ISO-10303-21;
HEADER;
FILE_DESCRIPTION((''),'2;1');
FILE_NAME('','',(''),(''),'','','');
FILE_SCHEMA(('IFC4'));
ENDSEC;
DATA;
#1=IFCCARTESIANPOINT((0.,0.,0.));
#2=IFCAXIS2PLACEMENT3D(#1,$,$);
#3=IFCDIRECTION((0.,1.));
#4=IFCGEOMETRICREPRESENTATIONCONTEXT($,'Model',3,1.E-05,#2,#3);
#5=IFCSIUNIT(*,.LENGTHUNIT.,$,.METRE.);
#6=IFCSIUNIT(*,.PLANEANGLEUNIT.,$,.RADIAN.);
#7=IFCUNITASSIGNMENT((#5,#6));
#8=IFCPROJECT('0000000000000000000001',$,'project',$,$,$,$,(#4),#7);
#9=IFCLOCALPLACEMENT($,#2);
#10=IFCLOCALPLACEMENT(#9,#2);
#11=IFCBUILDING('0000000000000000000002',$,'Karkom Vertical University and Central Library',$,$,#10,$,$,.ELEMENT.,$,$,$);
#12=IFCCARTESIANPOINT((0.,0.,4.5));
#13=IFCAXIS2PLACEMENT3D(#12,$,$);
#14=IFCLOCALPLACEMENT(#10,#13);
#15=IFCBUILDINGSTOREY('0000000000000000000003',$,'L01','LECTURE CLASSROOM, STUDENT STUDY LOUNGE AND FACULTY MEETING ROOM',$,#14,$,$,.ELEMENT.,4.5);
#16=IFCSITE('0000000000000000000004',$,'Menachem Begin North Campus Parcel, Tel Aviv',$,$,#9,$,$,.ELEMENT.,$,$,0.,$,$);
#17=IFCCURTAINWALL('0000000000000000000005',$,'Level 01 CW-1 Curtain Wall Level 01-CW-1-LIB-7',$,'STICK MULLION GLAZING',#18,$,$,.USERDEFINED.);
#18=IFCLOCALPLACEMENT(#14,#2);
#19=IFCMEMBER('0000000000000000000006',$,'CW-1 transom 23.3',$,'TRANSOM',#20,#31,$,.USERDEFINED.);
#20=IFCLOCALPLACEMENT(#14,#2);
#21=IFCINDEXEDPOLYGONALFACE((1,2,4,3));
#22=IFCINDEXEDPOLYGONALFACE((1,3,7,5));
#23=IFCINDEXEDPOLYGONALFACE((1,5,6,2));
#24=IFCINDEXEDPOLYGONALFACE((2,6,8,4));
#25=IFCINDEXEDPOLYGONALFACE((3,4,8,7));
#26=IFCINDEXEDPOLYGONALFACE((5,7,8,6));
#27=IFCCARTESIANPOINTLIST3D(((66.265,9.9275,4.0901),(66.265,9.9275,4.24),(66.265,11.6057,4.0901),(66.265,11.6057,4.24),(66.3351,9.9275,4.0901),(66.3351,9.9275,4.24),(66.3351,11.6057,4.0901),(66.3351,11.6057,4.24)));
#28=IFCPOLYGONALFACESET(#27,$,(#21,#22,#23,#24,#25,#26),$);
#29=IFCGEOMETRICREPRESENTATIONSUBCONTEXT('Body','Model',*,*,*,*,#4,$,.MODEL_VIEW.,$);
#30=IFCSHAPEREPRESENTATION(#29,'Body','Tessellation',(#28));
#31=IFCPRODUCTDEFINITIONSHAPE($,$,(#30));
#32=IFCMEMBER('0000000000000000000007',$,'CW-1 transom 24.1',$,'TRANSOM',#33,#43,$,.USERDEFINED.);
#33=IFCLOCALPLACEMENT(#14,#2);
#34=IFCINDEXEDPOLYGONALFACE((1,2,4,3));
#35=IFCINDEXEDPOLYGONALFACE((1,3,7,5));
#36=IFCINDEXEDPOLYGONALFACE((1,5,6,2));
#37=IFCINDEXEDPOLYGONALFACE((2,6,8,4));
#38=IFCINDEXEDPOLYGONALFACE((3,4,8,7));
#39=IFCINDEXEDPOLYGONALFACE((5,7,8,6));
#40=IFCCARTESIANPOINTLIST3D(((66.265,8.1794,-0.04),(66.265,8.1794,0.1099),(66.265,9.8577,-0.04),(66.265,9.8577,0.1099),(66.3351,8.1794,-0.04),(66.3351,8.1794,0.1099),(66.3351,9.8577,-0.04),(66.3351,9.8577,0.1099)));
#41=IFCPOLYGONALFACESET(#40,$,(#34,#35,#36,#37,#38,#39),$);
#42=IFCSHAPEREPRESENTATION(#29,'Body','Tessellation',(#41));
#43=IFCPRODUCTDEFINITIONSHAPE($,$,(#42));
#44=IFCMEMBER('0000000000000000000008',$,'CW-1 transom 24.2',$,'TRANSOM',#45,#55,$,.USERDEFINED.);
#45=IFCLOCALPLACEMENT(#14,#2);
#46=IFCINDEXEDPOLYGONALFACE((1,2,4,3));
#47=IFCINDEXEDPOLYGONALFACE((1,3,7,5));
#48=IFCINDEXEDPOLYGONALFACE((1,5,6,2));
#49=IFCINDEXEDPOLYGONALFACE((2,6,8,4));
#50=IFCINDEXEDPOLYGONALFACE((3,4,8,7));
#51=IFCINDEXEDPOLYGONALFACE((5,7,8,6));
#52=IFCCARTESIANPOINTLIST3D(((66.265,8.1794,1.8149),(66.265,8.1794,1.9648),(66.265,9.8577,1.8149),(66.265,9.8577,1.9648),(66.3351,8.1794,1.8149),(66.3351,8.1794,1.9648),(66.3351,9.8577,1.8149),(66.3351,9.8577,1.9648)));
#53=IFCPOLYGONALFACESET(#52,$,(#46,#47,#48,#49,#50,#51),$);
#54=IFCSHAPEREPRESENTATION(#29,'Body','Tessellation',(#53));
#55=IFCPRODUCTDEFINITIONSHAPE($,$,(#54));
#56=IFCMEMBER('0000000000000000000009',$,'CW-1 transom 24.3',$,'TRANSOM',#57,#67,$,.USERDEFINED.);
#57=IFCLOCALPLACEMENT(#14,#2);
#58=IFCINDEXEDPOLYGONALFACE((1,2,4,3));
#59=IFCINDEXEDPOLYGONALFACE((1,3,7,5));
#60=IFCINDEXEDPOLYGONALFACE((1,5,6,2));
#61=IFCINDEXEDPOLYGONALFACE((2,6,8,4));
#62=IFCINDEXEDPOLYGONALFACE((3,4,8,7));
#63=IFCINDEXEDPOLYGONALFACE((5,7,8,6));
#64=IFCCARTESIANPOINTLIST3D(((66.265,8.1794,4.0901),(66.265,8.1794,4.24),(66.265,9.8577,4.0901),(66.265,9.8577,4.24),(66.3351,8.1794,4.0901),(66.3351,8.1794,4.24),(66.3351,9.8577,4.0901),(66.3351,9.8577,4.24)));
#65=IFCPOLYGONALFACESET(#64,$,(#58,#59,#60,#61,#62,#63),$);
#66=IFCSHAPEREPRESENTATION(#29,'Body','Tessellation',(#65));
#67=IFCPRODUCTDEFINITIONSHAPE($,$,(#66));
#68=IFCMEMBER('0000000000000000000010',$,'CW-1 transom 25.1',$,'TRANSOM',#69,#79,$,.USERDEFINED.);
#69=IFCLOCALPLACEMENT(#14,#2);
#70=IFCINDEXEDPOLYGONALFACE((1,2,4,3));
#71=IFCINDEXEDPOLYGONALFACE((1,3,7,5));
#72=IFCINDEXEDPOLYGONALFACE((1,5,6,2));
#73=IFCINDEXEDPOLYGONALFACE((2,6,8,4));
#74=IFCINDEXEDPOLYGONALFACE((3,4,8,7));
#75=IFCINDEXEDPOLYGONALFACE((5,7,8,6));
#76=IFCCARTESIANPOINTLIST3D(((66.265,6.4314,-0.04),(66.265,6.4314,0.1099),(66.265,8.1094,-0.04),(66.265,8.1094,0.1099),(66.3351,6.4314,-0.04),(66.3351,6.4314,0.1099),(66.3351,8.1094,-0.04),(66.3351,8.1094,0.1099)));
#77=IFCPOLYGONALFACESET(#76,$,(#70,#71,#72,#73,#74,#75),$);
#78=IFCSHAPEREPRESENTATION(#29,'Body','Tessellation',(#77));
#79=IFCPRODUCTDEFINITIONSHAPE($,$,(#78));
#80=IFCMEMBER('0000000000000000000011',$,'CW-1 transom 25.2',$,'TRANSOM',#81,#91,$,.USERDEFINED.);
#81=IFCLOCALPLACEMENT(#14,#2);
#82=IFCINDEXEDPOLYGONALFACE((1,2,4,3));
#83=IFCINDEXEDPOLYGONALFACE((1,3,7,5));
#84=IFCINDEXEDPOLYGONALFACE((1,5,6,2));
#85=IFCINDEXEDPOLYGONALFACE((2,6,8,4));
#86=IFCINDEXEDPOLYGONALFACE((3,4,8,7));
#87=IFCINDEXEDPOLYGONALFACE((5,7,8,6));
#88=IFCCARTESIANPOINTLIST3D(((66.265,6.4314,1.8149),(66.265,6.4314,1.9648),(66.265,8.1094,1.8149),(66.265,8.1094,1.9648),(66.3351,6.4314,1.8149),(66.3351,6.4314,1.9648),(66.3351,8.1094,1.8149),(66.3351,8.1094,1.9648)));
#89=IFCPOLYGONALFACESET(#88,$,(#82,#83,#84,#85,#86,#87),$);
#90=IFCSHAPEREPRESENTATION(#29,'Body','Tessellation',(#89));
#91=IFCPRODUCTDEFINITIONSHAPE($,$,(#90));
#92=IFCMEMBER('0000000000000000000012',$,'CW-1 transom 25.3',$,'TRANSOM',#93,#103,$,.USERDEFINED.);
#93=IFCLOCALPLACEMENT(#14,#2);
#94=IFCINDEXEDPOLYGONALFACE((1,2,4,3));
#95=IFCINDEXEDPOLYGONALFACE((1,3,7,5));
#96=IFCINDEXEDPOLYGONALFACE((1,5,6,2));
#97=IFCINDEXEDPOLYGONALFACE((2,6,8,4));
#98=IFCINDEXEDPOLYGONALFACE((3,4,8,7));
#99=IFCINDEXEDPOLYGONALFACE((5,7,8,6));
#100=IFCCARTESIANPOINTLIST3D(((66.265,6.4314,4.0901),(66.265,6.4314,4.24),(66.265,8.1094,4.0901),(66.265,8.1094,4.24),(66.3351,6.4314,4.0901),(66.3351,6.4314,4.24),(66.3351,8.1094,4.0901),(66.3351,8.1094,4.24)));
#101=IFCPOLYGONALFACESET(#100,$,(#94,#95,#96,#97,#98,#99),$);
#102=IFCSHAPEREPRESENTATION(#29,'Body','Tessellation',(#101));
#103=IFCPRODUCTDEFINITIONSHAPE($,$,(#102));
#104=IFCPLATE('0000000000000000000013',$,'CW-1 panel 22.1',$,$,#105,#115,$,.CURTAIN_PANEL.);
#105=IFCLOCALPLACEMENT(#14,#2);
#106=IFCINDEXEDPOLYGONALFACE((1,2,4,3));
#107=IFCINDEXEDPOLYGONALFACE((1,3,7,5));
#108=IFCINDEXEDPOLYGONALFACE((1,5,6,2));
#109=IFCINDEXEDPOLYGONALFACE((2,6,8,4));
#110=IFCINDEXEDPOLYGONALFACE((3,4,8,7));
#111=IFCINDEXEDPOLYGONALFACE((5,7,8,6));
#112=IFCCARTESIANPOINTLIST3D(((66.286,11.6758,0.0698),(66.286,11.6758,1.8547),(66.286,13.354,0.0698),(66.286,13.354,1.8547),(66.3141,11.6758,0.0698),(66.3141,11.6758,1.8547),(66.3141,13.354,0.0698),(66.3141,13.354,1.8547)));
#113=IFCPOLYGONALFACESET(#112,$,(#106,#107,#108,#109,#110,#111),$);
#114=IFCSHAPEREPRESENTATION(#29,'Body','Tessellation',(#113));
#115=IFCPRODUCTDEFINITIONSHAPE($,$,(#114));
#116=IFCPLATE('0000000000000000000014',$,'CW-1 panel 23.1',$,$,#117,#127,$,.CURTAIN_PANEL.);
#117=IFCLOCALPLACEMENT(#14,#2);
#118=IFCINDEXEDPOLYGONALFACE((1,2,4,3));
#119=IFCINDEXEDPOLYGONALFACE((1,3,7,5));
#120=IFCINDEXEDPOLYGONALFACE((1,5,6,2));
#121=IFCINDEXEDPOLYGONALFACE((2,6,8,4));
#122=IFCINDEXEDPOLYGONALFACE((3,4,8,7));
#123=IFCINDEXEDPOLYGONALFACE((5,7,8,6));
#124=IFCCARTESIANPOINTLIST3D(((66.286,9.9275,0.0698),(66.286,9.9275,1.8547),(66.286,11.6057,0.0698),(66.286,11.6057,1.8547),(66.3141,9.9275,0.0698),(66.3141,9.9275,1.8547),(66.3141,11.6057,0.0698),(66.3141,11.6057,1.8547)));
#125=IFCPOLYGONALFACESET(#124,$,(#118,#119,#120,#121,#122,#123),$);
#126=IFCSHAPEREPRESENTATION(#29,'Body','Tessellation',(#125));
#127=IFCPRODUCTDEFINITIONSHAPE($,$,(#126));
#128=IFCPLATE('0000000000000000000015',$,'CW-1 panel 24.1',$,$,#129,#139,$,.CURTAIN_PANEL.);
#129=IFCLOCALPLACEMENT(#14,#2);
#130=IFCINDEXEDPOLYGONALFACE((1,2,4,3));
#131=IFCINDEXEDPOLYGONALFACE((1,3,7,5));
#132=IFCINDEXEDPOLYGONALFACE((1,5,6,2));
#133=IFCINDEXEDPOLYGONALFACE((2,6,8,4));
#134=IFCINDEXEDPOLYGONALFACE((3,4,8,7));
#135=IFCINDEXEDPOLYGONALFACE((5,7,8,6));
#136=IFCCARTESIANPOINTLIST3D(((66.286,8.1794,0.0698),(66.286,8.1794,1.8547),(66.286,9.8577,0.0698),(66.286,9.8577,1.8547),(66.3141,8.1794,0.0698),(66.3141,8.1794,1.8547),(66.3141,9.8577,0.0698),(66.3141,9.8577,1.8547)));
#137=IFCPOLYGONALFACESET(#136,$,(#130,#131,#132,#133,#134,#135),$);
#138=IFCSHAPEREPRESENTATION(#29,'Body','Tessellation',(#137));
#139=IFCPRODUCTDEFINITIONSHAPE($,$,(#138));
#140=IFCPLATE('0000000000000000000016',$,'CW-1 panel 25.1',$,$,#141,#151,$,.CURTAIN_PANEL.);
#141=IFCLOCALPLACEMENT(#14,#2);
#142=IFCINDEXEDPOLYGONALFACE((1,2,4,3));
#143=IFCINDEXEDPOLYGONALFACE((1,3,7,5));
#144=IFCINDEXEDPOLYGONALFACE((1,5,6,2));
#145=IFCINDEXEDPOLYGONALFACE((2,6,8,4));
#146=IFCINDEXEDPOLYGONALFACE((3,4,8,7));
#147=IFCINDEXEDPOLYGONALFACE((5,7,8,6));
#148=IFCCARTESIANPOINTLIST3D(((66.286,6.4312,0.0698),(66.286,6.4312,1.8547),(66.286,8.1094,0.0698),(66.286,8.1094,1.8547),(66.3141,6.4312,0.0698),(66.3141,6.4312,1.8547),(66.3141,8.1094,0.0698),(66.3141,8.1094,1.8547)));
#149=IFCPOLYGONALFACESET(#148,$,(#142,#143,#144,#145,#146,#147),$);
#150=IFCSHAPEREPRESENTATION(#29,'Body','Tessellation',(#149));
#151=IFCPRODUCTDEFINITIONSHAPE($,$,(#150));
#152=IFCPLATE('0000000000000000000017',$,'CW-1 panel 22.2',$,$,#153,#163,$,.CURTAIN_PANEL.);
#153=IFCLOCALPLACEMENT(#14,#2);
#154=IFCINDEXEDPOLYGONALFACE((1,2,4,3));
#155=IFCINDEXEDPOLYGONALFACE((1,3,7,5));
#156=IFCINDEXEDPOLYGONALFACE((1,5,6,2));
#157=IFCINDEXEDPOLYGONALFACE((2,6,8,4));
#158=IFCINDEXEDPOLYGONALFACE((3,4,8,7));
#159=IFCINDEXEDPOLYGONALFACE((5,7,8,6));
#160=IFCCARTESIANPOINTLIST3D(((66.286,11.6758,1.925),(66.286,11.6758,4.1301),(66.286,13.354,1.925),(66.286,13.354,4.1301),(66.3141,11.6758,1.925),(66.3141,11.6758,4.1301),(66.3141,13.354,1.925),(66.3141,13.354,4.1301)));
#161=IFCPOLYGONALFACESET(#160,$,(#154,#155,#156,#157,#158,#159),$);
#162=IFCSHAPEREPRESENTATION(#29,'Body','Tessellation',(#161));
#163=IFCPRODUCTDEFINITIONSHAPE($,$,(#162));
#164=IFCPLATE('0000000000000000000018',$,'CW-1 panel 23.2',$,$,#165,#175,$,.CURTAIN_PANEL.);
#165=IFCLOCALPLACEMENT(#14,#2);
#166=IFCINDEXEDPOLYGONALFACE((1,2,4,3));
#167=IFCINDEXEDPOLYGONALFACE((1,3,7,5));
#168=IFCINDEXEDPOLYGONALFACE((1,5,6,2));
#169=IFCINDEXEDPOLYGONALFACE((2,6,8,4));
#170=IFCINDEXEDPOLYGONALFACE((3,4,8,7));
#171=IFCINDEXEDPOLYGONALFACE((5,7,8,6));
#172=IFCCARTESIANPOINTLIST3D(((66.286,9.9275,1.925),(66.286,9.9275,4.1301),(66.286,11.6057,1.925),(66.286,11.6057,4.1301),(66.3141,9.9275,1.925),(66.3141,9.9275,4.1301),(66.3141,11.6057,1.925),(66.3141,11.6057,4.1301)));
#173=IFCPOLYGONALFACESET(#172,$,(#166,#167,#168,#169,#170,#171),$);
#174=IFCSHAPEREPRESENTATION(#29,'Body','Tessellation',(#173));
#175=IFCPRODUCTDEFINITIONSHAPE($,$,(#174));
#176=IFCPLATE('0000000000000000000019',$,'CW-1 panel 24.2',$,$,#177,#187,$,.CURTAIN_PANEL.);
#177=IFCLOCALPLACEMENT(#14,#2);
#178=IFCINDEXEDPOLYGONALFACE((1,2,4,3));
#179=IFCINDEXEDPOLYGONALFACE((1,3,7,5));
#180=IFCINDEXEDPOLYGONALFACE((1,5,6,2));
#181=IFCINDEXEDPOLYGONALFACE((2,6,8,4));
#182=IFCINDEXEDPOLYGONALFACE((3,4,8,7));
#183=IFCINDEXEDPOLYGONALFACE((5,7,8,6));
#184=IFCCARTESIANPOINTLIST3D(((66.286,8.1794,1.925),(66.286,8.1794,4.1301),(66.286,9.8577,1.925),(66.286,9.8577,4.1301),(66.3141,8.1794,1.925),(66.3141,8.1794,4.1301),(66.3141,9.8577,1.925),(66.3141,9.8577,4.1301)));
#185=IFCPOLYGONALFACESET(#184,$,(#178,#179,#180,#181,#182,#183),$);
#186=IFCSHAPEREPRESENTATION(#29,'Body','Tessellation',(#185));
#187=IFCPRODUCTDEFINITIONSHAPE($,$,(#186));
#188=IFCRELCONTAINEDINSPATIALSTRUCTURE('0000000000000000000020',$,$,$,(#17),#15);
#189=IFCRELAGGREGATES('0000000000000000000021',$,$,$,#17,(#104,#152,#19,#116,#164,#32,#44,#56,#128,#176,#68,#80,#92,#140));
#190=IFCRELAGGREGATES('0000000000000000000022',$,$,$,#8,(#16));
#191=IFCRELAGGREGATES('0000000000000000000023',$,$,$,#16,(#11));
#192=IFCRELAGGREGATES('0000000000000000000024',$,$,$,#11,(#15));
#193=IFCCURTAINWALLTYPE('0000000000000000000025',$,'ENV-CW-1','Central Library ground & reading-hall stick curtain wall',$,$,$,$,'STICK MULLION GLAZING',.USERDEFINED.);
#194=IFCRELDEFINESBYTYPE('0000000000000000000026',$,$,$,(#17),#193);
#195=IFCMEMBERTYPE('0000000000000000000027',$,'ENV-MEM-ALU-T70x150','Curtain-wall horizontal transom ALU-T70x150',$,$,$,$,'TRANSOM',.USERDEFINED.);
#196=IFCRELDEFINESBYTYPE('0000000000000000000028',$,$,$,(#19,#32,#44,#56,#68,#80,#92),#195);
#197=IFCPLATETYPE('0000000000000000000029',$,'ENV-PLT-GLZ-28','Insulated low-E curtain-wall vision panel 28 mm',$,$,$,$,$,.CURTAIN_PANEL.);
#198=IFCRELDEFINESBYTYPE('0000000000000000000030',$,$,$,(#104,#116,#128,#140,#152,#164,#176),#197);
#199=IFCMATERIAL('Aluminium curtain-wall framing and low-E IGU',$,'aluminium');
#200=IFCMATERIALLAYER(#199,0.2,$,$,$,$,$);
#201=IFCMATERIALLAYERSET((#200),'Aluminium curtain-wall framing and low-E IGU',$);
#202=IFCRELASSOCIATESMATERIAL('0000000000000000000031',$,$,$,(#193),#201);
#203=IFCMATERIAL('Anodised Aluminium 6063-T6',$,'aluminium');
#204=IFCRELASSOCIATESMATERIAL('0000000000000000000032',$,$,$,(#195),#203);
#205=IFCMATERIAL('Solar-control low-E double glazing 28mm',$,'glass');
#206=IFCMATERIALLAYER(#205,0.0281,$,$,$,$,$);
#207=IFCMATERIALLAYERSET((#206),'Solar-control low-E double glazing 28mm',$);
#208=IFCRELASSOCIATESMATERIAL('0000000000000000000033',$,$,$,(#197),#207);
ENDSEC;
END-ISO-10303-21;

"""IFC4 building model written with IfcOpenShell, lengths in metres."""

from ifc_helpers import new_model, si_unit, direction, frame, origin, origin_with_axes, origin_2d, place, context, subcontext, project, spatial, rectangle, extrude, source, transform, mapped, material, layer, layer_set, material_profile, profile_set, type_object, element, aggregate, save


model = new_model("IFC4")

# Units and contexts
model_context = context("Model", 3, precision=1e-05, world=origin(), true_north=direction((0.0, 1.0)))
body_context = subcontext(model_context, "Body", "Model", "MODEL_VIEW")
ifc_project = project(units=[si_unit("LENGTHUNIT", "METRE"), si_unit("PLANEANGLEUNIT", "RADIAN")], contexts=[model_context])

# Site, building, storey
site_placement = place(None, origin())
site = spatial("IfcSite", under=ifc_project, at=site_placement, Name="Menachem Begin North Campus Parcel, Tel Aviv", CompositionType="ELEMENT", RefElevation=0.0)
building_placement = place(site_placement, origin())
building = spatial("IfcBuilding", under=site, at=building_placement, Name="Karkom Vertical University and Central Library", CompositionType="ELEMENT")
storey_placement = place(building_placement, frame((0.0, 0.0, 4.5)))
storey = spatial("IfcBuildingStorey", under=building, at=storey_placement, Name="L01", Description="LECTURE CLASSROOM, STUDENT STUDY LOUNGE AND FACULTY MEETING ROOM", CompositionType="ELEMENT", Elevation=4.5)

# Curtain wall, members, plates
ifc_material_1 = material(Name="Aluminium curtain-wall framing and low-E IGU", Category="aluminium")
ifc_layer_1 = layer(ifc_material_1, 0.2)
ifc_layer_set_1 = layer_set([ifc_layer_1], Name="Aluminium curtain-wall framing and low-E IGU")
curtain_wall_type = type_object("IfcCurtainWallType", Name="ENV-CW-1", Description="Central Library ground & reading-hall stick curtain wall", ElementType="STICK MULLION GLAZING", PredefinedType="USERDEFINED", material=ifc_layer_set_1)
curtain_wall_placement = place(storey_placement, origin())
curtain_wall = element("IfcCurtainWall", 1, at=curtain_wall_placement, inside=storey, type_object=curtain_wall_type, Name="Level 01 CW-1 Curtain Wall Level 01-CW-1-LIB-7", ObjectType="STICK MULLION GLAZING", PredefinedType="USERDEFINED")
ifc_material_2 = material(Name="Anodised Aluminium 6063-T6", Category="aluminium")
ifc_material_profile_1 = material_profile(ifc_material_2, rectangle(XDim=0.0701, YDim=0.1499, at=origin_2d()), Name="ALU-T70x150")
ifc_profile_set_1 = profile_set([ifc_material_profile_1], Name="Anodised Aluminium 6063-T6")
member_type = type_object("IfcMemberType", Name="ENV-MEM-ALU-T70x150", Description="Curtain-wall horizontal transom ALU-T70x150", ElementType="TRANSOM", PredefinedType="USERDEFINED", material=ifc_profile_set_1)
shared_shape_1 = source(origin_with_axes(), body_context, "Body", "SweptSolid", [
    extrude(rectangle(XDim=0.0701, YDim=0.1499, at=origin_2d()), origin(), (0.0, 0.0, 1.0), 1.6782),
])
member_1_placement = place(storey_placement, frame((66.3, 11.6057, 4.165), z_axis=(0.0, -1.0, 0.0), x_axis=(1.0, 0.0, 0.0)))
member_1 = element("IfcMember", 2, at=member_1_placement, type_object=member_type, Name="CW-1 transom 23.3", ObjectType="TRANSOM", PredefinedType="USERDEFINED", context=body_context, shape_type="MappedRepresentation", body=[
    mapped(shared_shape_1, transform((0.0, 0.0, 0.0), scale=1.0)),
])
member_2_placement = place(storey_placement, frame((66.3, 9.8577, 0.0349), z_axis=(0.0, -1.0, 0.0), x_axis=(1.0, 0.0, 0.0)))
member_2 = element("IfcMember", 3, at=member_2_placement, type_object=member_type, Name="CW-1 transom 24.1", ObjectType="TRANSOM", PredefinedType="USERDEFINED", context=body_context, shape_type="MappedRepresentation", body=[
    mapped(shared_shape_1, transform((0.0, 0.0, 0.0), scale=1.0)),
])
member_3_placement = place(storey_placement, frame((66.3, 9.8577, 1.8899), z_axis=(0.0, -1.0, 0.0), x_axis=(1.0, 0.0, 0.0)))
member_3 = element("IfcMember", 4, at=member_3_placement, type_object=member_type, Name="CW-1 transom 24.2", ObjectType="TRANSOM", PredefinedType="USERDEFINED", context=body_context, shape_type="MappedRepresentation", body=[
    mapped(shared_shape_1, transform((0.0, 0.0, 0.0), scale=1.0)),
])
member_4_placement = place(storey_placement, frame((66.3, 9.8577, 4.165), z_axis=(0.0, -1.0, 0.0), x_axis=(1.0, 0.0, 0.0)))
member_4 = element("IfcMember", 5, at=member_4_placement, type_object=member_type, Name="CW-1 transom 24.3", ObjectType="TRANSOM", PredefinedType="USERDEFINED", context=body_context, shape_type="MappedRepresentation", body=[
    mapped(shared_shape_1, transform((0.0, 0.0, 0.0), scale=1.0)),
])
shared_shape_2 = source(origin_with_axes(), body_context, "Body", "SweptSolid", [
    extrude(rectangle(XDim=0.0701, YDim=0.1499, at=origin_2d()), origin(), (0.0, 0.0, 1.0), 1.678),
])
member_5_placement = place(storey_placement, frame((66.3, 8.1094, 0.0349), z_axis=(0.0, -1.0, 0.0), x_axis=(1.0, 0.0, 0.0)))
member_5 = element("IfcMember", 6, at=member_5_placement, type_object=member_type, Name="CW-1 transom 25.1", ObjectType="TRANSOM", PredefinedType="USERDEFINED", context=body_context, shape_type="MappedRepresentation", body=[
    mapped(shared_shape_2, transform((0.0, 0.0, 0.0), scale=1.0)),
])
member_6_placement = place(storey_placement, frame((66.3, 8.1094, 1.8899), z_axis=(0.0, -1.0, 0.0), x_axis=(1.0, 0.0, 0.0)))
member_6 = element("IfcMember", 7, at=member_6_placement, type_object=member_type, Name="CW-1 transom 25.2", ObjectType="TRANSOM", PredefinedType="USERDEFINED", context=body_context, shape_type="MappedRepresentation", body=[
    mapped(shared_shape_2, transform((0.0, 0.0, 0.0), scale=1.0)),
])
member_7_placement = place(storey_placement, frame((66.3, 8.1094, 4.165), z_axis=(0.0, -1.0, 0.0), x_axis=(1.0, 0.0, 0.0)))
member_7 = element("IfcMember", 8, at=member_7_placement, type_object=member_type, Name="CW-1 transom 25.3", ObjectType="TRANSOM", PredefinedType="USERDEFINED", context=body_context, shape_type="MappedRepresentation", body=[
    mapped(shared_shape_2, transform((0.0, 0.0, 0.0), scale=1.0)),
])
ifc_material_3 = material(Name="Solar-control low-E double glazing 28mm", Category="glass")
ifc_layer_2 = layer(ifc_material_3, 0.0281)
ifc_layer_set_2 = layer_set([ifc_layer_2], Name="Solar-control low-E double glazing 28mm")
plate_type = type_object("IfcPlateType", Name="ENV-PLT-GLZ-28", Description="Insulated low-E curtain-wall vision panel 28 mm", PredefinedType="CURTAIN_PANEL", material=ifc_layer_set_2)
shared_shape_3 = source(origin_with_axes(), body_context, "Body", "SweptSolid", [
    extrude(rectangle(XDim=1.6782, YDim=0.0281, at=origin_2d()), origin(), (0.0, 0.0, 1.0), 1.7849),
])
plate_1_placement = place(storey_placement, frame((66.3, 12.5149, 0.0698), z_axis=(0.0, 0.0, 1.0), x_axis=(0.0, -1.0, 0.0)))
plate_1 = element("IfcPlate", 9, at=plate_1_placement, type_object=plate_type, Name="CW-1 panel 22.1", PredefinedType="CURTAIN_PANEL", context=body_context, shape_type="MappedRepresentation", body=[
    mapped(shared_shape_3, transform((0.0, 0.0, 0.0), scale=1.0)),
])
plate_2_placement = place(storey_placement, frame((66.3, 10.7666, 0.0698), z_axis=(0.0, 0.0, 1.0), x_axis=(0.0, -1.0, 0.0)))
plate_2 = element("IfcPlate", 10, at=plate_2_placement, type_object=plate_type, Name="CW-1 panel 23.1", PredefinedType="CURTAIN_PANEL", context=body_context, shape_type="MappedRepresentation", body=[
    mapped(shared_shape_3, transform((0.0, 0.0, 0.0), scale=1.0)),
])
plate_3_placement = place(storey_placement, frame((66.3, 9.0186, 0.0698), z_axis=(0.0, 0.0, 1.0), x_axis=(0.0, -1.0, 0.0)))
plate_3 = element("IfcPlate", 11, at=plate_3_placement, type_object=plate_type, Name="CW-1 panel 24.1", PredefinedType="CURTAIN_PANEL", context=body_context, shape_type="MappedRepresentation", body=[
    mapped(shared_shape_3, transform((0.0, 0.0, 0.0), scale=1.0)),
])
plate_4_placement = place(storey_placement, frame((66.3, 7.2703, 0.0698), z_axis=(0.0, 0.0, 1.0), x_axis=(0.0, -1.0, 0.0)))
plate_4 = element("IfcPlate", 12, at=plate_4_placement, type_object=plate_type, Name="CW-1 panel 25.1", PredefinedType="CURTAIN_PANEL", context=body_context, shape_type="MappedRepresentation", body=[
    mapped(shared_shape_3, transform((0.0, 0.0, 0.0), scale=1.0)),
])
shared_shape_4 = source(origin_with_axes(), body_context, "Body", "SweptSolid", [
    extrude(rectangle(XDim=1.6782, YDim=0.0281, at=origin_2d()), origin(), (0.0, 0.0, 1.0), 2.2051),
])
plate_5_placement = place(storey_placement, frame((66.3, 12.5149, 1.925), z_axis=(0.0, 0.0, 1.0), x_axis=(0.0, -1.0, 0.0)))
plate_5 = element("IfcPlate", 13, at=plate_5_placement, type_object=plate_type, Name="CW-1 panel 22.2", PredefinedType="CURTAIN_PANEL", context=body_context, shape_type="MappedRepresentation", body=[
    mapped(shared_shape_4, transform((0.0, 0.0, 0.0), scale=1.0)),
])
plate_6_placement = place(storey_placement, frame((66.3, 10.7666, 1.925), z_axis=(0.0, 0.0, 1.0), x_axis=(0.0, -1.0, 0.0)))
plate_6 = element("IfcPlate", 14, at=plate_6_placement, type_object=plate_type, Name="CW-1 panel 23.2", PredefinedType="CURTAIN_PANEL", context=body_context, shape_type="MappedRepresentation", body=[
    mapped(shared_shape_4, transform((0.0, 0.0, 0.0), scale=1.0)),
])
plate_7_placement = place(storey_placement, frame((66.3, 9.0186, 1.925), z_axis=(0.0, 0.0, 1.0), x_axis=(0.0, -1.0, 0.0)))
plate_7 = element("IfcPlate", 15, at=plate_7_placement, type_object=plate_type, Name="CW-1 panel 24.2", PredefinedType="CURTAIN_PANEL", context=body_context, shape_type="MappedRepresentation", body=[
    mapped(shared_shape_4, transform((0.0, 0.0, 0.0), scale=1.0)),
])
aggregate(curtain_wall, [plate_1, plate_5, member_1, plate_2, plate_6, member_2, member_3, member_4, plate_3, plate_7, member_5, member_6, member_7, plate_4])

save(model, "model.ifc")
